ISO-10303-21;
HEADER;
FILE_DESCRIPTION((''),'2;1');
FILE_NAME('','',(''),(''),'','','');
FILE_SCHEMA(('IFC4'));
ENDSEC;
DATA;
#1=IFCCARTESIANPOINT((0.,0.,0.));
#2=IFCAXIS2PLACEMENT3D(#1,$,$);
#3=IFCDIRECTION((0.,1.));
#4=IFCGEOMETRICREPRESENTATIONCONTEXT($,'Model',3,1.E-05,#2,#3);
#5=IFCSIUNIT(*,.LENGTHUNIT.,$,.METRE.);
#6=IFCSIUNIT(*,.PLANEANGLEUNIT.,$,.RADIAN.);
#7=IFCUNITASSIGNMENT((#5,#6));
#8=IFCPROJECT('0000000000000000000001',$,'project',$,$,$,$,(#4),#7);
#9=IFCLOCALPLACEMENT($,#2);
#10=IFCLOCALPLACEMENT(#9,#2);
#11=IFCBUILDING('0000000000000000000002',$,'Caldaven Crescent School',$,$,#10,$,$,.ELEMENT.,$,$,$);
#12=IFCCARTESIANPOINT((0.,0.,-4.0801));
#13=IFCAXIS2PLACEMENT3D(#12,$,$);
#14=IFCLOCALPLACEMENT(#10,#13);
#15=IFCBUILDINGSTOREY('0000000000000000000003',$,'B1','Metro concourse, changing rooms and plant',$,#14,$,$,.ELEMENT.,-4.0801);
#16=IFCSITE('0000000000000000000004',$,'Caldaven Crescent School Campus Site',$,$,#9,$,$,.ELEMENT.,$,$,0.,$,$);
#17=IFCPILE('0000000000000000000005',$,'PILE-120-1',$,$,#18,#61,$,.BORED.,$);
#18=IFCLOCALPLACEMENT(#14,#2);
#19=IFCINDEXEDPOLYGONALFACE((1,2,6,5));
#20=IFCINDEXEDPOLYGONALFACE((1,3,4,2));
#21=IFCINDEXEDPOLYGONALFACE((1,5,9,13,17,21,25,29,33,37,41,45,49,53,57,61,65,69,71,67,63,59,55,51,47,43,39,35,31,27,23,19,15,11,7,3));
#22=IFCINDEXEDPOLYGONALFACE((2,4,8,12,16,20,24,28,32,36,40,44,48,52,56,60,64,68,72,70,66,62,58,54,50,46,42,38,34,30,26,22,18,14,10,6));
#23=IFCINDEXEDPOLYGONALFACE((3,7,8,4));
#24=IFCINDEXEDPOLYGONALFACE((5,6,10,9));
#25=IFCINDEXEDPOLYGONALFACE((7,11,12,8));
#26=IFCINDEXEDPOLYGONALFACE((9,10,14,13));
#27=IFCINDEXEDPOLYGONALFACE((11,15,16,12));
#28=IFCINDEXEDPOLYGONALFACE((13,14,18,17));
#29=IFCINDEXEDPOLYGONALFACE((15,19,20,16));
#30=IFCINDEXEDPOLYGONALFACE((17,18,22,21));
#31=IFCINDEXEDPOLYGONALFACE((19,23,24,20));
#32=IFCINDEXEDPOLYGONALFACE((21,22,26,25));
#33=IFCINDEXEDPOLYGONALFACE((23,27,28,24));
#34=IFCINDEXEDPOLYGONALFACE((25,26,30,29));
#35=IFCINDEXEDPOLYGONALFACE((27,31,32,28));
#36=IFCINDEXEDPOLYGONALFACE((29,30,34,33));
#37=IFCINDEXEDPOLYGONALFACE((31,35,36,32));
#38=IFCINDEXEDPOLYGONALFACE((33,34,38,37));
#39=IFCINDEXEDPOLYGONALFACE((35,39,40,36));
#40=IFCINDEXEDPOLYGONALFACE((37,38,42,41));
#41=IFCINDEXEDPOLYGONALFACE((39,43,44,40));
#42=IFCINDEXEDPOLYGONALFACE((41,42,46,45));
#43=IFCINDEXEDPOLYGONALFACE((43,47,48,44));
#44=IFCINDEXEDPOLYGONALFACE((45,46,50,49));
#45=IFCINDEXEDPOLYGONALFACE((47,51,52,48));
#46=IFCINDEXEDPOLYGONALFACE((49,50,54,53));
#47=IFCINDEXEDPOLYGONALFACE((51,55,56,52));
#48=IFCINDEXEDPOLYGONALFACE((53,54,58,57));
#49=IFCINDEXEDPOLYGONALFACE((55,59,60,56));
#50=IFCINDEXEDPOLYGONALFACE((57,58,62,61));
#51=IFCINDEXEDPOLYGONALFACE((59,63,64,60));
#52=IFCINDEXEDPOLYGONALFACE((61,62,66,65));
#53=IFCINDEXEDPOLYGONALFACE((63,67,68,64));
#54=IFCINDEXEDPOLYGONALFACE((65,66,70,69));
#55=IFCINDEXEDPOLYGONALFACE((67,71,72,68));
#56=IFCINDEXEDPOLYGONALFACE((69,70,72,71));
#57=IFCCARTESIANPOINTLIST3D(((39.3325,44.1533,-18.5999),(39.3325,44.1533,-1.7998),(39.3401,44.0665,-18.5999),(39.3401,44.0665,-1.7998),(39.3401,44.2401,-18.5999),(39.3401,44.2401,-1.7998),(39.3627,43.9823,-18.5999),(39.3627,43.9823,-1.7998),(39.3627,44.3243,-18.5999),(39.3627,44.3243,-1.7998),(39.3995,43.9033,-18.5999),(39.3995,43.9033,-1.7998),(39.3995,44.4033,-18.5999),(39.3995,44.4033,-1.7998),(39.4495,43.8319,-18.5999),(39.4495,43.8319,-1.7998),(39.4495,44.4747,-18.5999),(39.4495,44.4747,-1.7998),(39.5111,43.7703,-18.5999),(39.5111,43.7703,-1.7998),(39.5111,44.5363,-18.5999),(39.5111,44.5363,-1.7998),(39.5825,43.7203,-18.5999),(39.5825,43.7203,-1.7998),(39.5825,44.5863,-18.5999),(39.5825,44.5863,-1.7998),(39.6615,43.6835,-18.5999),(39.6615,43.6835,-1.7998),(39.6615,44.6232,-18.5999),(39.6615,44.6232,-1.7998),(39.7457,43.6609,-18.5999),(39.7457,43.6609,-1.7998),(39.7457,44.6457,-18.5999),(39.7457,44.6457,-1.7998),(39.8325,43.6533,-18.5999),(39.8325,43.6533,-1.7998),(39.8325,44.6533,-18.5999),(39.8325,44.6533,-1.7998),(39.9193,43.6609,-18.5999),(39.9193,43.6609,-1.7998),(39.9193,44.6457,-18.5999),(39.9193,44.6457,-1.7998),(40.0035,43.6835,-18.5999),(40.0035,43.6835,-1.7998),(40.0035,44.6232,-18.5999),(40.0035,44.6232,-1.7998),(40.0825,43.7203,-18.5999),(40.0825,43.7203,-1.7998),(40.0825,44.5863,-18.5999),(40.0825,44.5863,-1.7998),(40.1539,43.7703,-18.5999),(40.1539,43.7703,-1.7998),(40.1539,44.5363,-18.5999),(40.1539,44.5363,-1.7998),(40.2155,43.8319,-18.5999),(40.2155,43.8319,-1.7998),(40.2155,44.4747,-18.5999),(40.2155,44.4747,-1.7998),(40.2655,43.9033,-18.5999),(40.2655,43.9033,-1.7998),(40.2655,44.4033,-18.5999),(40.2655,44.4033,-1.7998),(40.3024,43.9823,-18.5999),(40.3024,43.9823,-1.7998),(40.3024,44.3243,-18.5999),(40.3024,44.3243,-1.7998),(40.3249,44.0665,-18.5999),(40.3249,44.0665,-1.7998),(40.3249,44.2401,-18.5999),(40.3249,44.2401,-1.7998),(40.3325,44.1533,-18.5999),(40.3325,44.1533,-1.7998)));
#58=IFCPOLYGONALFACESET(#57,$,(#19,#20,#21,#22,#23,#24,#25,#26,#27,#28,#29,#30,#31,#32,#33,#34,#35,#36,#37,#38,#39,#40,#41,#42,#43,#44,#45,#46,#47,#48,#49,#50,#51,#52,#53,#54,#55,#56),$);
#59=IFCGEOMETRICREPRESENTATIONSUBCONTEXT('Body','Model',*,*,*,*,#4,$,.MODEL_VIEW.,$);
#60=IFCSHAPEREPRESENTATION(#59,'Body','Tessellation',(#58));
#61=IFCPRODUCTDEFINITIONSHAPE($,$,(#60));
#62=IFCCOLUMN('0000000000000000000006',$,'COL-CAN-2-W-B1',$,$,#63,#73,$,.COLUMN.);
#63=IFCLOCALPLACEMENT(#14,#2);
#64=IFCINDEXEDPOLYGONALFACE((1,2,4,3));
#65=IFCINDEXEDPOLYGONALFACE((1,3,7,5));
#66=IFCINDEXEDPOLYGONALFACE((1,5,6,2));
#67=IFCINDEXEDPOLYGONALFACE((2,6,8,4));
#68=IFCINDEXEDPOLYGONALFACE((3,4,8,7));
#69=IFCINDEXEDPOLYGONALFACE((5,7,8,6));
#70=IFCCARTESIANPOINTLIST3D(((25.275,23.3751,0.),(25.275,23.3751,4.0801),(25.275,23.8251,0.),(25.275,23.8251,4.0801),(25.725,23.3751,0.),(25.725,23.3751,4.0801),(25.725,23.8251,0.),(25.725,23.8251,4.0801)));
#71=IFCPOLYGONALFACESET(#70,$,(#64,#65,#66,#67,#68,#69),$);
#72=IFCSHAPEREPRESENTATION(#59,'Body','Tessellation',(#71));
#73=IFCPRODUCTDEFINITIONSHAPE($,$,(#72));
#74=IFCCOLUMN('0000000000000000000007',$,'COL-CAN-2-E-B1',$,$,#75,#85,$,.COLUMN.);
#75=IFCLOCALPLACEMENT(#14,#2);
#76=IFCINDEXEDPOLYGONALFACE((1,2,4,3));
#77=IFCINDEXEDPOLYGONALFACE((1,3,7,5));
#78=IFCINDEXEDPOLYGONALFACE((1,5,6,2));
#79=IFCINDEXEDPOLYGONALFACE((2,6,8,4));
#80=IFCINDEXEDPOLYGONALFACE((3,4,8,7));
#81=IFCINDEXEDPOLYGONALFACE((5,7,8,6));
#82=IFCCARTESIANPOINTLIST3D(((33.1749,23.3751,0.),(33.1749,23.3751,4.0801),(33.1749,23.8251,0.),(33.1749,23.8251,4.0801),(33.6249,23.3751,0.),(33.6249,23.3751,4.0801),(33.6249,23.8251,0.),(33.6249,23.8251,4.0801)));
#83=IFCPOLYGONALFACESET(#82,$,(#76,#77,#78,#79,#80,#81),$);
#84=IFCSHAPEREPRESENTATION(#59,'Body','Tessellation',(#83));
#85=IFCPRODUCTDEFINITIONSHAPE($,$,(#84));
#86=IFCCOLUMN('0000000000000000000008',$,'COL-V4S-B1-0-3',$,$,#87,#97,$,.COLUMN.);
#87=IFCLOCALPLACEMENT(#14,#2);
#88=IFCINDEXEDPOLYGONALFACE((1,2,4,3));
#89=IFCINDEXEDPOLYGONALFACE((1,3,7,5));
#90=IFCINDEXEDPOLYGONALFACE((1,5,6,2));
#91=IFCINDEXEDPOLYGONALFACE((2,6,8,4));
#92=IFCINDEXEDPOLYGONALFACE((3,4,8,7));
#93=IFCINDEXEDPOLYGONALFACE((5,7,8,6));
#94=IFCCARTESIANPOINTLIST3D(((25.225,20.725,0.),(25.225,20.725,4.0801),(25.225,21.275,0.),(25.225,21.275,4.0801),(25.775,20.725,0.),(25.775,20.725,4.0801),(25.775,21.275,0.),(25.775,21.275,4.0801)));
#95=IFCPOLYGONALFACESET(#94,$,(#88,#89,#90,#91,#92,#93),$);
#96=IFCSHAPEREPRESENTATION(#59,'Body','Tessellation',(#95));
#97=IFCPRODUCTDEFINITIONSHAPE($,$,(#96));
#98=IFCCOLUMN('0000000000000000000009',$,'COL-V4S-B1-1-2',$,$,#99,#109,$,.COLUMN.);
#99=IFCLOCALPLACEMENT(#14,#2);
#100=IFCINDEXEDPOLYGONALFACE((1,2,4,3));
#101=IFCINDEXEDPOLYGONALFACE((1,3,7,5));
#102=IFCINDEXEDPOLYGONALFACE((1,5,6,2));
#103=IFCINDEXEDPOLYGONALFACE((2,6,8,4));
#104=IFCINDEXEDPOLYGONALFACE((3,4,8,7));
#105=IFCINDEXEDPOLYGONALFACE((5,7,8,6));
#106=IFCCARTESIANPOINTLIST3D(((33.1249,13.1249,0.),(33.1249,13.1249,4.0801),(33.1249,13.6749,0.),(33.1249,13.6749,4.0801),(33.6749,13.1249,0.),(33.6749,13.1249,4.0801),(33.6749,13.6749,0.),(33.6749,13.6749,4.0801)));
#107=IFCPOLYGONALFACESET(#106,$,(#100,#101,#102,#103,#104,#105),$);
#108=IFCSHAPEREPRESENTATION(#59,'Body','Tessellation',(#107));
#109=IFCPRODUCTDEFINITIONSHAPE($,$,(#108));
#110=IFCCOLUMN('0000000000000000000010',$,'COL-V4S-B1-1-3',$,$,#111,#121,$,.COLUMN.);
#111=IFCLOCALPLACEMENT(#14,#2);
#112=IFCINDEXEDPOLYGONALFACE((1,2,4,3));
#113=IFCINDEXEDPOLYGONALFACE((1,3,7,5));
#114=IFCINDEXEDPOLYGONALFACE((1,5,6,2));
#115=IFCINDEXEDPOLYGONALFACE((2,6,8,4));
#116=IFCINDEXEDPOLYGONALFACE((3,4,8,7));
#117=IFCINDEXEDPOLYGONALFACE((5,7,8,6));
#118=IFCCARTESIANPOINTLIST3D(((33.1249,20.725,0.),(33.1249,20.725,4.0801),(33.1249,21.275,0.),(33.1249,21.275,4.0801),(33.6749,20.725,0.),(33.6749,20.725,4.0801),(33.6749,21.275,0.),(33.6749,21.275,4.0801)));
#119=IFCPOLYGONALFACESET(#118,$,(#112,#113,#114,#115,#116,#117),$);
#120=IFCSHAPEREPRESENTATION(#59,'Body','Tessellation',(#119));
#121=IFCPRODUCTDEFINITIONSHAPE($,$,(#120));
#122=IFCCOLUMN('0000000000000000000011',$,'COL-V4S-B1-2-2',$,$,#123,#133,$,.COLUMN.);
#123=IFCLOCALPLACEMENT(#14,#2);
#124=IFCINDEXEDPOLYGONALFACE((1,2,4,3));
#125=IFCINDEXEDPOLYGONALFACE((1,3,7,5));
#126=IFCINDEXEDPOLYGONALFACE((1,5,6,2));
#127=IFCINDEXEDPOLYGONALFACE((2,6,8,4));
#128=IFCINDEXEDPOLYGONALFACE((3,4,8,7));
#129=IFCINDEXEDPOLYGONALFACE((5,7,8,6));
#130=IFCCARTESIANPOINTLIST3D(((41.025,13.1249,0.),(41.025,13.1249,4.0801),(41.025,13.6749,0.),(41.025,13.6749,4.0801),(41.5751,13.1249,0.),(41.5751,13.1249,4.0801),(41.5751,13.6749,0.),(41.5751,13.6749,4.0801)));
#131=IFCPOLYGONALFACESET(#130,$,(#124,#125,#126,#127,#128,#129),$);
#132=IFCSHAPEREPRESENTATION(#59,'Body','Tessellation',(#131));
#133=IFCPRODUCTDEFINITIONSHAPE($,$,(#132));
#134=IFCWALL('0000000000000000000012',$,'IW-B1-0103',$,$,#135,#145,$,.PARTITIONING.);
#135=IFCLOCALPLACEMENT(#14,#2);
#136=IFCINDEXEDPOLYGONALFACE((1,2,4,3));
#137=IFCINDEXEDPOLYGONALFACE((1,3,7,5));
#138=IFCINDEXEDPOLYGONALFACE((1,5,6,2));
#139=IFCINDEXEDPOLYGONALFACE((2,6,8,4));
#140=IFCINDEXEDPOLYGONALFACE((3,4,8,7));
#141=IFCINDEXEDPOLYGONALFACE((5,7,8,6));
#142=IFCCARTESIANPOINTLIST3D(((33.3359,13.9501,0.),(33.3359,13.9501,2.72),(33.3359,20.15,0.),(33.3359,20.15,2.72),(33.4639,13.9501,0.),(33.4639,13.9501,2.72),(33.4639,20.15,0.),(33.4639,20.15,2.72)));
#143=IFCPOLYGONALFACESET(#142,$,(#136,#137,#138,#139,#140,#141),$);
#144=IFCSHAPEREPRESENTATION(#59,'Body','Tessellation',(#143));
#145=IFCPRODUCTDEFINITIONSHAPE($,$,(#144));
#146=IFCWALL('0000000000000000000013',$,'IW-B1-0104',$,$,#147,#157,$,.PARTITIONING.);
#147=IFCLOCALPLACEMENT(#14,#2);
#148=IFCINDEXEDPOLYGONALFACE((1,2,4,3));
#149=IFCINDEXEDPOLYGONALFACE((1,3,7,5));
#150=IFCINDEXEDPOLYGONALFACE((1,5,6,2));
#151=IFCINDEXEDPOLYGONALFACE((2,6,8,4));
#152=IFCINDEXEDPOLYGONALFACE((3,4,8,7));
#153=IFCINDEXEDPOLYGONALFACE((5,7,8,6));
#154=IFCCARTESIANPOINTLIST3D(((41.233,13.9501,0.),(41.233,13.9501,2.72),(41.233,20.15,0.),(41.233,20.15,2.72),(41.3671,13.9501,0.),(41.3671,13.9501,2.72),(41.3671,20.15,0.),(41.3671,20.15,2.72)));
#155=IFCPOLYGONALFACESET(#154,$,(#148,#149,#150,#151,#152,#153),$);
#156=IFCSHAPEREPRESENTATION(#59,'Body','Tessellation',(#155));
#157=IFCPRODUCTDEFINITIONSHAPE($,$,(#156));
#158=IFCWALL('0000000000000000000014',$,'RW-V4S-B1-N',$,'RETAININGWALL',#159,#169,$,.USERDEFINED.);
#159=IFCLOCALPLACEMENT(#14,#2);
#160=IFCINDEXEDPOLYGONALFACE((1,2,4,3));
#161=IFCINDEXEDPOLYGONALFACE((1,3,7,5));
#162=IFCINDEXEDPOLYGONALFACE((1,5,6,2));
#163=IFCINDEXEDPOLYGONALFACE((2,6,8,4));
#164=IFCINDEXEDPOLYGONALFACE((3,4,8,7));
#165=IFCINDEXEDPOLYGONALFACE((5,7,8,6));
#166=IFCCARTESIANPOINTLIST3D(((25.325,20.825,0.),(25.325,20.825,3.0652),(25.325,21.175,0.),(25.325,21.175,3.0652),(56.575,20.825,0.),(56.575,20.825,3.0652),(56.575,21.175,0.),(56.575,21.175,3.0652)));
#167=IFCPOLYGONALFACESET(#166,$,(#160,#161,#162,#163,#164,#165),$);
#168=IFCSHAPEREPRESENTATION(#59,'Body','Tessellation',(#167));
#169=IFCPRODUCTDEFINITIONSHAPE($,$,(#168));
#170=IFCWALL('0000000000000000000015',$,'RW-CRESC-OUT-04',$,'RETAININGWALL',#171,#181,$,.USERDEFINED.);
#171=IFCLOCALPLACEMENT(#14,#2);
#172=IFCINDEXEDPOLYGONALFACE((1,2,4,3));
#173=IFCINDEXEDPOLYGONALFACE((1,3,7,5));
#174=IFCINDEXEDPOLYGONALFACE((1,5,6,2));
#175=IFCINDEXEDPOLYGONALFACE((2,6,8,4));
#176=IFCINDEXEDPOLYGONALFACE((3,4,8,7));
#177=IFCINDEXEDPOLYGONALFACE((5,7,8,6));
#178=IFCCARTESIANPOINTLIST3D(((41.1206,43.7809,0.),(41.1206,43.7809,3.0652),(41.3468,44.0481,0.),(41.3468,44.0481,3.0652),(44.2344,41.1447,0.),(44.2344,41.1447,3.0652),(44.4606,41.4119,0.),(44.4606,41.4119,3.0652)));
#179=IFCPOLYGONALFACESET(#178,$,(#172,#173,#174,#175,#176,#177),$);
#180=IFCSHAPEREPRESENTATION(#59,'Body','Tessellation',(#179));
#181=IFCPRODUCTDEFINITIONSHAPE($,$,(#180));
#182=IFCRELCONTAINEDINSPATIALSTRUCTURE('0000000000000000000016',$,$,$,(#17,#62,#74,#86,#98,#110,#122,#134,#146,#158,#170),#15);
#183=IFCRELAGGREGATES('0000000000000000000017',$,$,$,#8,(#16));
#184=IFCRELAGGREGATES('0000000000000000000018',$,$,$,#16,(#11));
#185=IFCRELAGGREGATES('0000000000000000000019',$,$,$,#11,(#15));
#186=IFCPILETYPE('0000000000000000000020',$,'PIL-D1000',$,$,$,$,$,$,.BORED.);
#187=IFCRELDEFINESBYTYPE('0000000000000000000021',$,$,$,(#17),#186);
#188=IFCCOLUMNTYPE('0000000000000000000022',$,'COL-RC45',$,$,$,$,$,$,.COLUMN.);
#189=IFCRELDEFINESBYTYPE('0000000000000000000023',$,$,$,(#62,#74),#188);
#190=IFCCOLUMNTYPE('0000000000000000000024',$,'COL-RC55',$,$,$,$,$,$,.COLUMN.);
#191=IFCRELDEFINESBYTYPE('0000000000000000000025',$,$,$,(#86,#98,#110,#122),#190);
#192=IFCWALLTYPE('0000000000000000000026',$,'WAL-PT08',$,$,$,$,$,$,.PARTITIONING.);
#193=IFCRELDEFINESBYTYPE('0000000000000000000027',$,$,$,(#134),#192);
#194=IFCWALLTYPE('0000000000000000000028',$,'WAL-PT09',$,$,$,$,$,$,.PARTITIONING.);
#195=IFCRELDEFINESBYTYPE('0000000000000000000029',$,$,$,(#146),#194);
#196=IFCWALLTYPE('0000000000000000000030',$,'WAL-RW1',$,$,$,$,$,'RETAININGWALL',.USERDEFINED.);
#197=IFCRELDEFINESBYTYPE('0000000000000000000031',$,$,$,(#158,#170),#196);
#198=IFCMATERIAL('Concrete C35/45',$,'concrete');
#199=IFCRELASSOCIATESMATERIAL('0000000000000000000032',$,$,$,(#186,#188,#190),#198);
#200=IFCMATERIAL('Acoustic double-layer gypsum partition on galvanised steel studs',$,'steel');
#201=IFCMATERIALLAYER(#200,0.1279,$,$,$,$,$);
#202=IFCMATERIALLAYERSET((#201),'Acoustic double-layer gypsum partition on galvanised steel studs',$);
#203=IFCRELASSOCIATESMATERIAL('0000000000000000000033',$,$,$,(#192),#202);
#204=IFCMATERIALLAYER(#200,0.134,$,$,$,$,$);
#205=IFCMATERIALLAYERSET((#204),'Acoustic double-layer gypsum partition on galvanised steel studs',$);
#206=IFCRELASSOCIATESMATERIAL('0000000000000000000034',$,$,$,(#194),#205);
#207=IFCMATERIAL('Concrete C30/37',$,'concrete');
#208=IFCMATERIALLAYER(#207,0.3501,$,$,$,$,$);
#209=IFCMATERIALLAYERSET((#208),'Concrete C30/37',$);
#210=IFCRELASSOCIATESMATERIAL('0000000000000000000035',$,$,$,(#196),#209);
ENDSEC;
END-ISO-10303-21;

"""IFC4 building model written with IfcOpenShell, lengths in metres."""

from ifc_helpers import new_model, si_unit, direction, frame, frame_2d, origin, origin_2d, place, context, subcontext, project, spatial, rectangle, circle, extrude, material, layer, layer_set, material_profile, profile_set, type_object, element, save


model = new_model("IFC4")

# Units and contexts
model_context = context("Model", 3, precision=1e-05, world=origin(), true_north=direction((0.0, 1.0)))
body_context = subcontext(model_context, "Body", "Model", "MODEL_VIEW")
ifc_project = project(units=[si_unit("LENGTHUNIT", "METRE"), si_unit("PLANEANGLEUNIT", "RADIAN")], contexts=[model_context])

# Site, building, storey
site_placement = place(None, origin())
site = spatial("IfcSite", under=ifc_project, at=site_placement, Name="Caldaven Crescent School Campus Site", CompositionType="ELEMENT", RefElevation=0.0)
building_placement = place(site_placement, origin())
building = spatial("IfcBuilding", under=site, at=building_placement, Name="Caldaven Crescent School", CompositionType="ELEMENT")
storey_placement = place(building_placement, frame((0.0, 0.0, -4.0801)))
storey = spatial("IfcBuildingStorey", under=building, at=storey_placement, Name="B1", Description="Metro concourse, changing rooms and plant", CompositionType="ELEMENT", Elevation=-4.0801)

# Shared definitions
ifc_material_1 = material(Name="Concrete C30/37", Category="concrete")
ifc_material_2 = material(Name="Concrete C35/45", Category="concrete")

# Pile
ifc_material_profile_1 = material_profile(ifc_material_2, circle(Radius=0.5, at=origin_2d()), Name="PILE D1000")
ifc_profile_set_1 = profile_set([ifc_material_profile_1], Name="Concrete C35/45")
pile_type = type_object("IfcPileType", Name="PIL-D1000", PredefinedType="BORED", material=ifc_profile_set_1)
for number, where, z_axis, x_axis, name in (
    (1, (39.8325, 44.1533, -1.7998), (0.0, 0.0, -1.0), (1.0, 0.0, 0.0), "PILE-120-1"),
):
    element("IfcPile", number, at=place(storey_placement, frame(where, z_axis=z_axis, x_axis=x_axis)), inside=storey, type_object=pile_type, Name=name, PredefinedType="BORED", context=body_context, shape_type="SweptSolid", body=[
        extrude(circle(Radius=0.5, at=origin_2d()), origin(), (0.0, 0.0, 1.0), 16.8),
    ])

# Columns
ifc_material_profile_2 = material_profile(ifc_material_2, rectangle(XDim=0.45, YDim=0.45, at=origin_2d()), Name="RC 450x450")
ifc_profile_set_2 = profile_set([ifc_material_profile_2], Name="Concrete C35/45")
column_type_1 = type_object("IfcColumnType", Name="COL-RC45", PredefinedType="COLUMN", material=ifc_profile_set_2)
for number, where, z_axis, x_axis, name in (
    (2, (25.5, 23.6001, 0.0), (0.0, 0.0, 1.0), (1.0, 0.0, 0.0), "COL-CAN-2-W-B1"),
    (3, (33.3999, 23.6001, 0.0), (0.0, 0.0, 1.0), (1.0, 0.0, 0.0), "COL-CAN-2-E-B1"),
):
    element("IfcColumn", number, at=place(storey_placement, frame(where, z_axis=z_axis, x_axis=x_axis)), inside=storey, type_object=column_type_1, Name=name, PredefinedType="COLUMN", context=body_context, shape_type="SweptSolid", body=[
        extrude(rectangle(XDim=0.45, YDim=0.45, at=origin_2d()), origin(), (0.0, 0.0, 1.0), 4.0801),
    ])
ifc_material_profile_3 = material_profile(ifc_material_2, rectangle(XDim=0.55, YDim=0.55, at=origin_2d()), Name="RC 550x550")
ifc_profile_set_3 = profile_set([ifc_material_profile_3], Name="Concrete C35/45")
column_type_2 = type_object("IfcColumnType", Name="COL-RC55", PredefinedType="COLUMN", material=ifc_profile_set_3)
for number, where, z_axis, x_axis, name in (
    (4, (25.5, 21.0, 0.0), (0.0, 0.0, 1.0), (1.0, 0.0, 0.0), "COL-V4S-B1-0-3"),
    (5, (33.3999, 13.3999, 0.0), (0.0, 0.0, 1.0), (1.0, 0.0, 0.0), "COL-V4S-B1-1-2"),
    (6, (33.3999, 21.0, 0.0), (0.0, 0.0, 1.0), (1.0, 0.0, 0.0), "COL-V4S-B1-1-3"),
    (7, (41.3, 13.3999, 0.0), (0.0, 0.0, 1.0), (1.0, 0.0, 0.0), "COL-V4S-B1-2-2"),
):
    element("IfcColumn", number, at=place(storey_placement, frame(where, z_axis=z_axis, x_axis=x_axis)), inside=storey, type_object=column_type_2, Name=name, PredefinedType="COLUMN", context=body_context, shape_type="SweptSolid", body=[
        extrude(rectangle(XDim=0.55, YDim=0.55, at=origin_2d()), origin(), (0.0, 0.0, 1.0), 4.0801),
    ])

# Walls
ifc_material_3 = material(Name="Acoustic double-layer gypsum partition on galvanised steel studs", Category="steel")
ifc_layer_1 = layer(ifc_material_3, 0.1279)
ifc_layer_set_1 = layer_set([ifc_layer_1], Name="Acoustic double-layer gypsum partition on galvanised steel studs")
wall_type_1 = type_object("IfcWallType", Name="WAL-PT08", PredefinedType="PARTITIONING", material=ifc_layer_set_1)
wall_1_placement = place(storey_placement, frame((33.3999, 13.95, 0.0), z_axis=(0.0, 0.0, 1.0), x_axis=(0.0, 1.0, 0.0)))
element("IfcWall", 8, at=wall_1_placement, inside=storey, type_object=wall_type_1, Name="IW-B1-0103", PredefinedType="PARTITIONING", context=body_context, shape_type="SweptSolid", body=[
    extrude(rectangle(XDim=6.2, YDim=0.1279, at=frame_2d((3.1001, 0.0))), origin(), (0.0, 0.0, 1.0), 2.72),
])
ifc_layer_2 = layer(ifc_material_3, 0.134)
ifc_layer_set_2 = layer_set([ifc_layer_2], Name="Acoustic double-layer gypsum partition on galvanised steel studs")
wall_type_2 = type_object("IfcWallType", Name="WAL-PT09", PredefinedType="PARTITIONING", material=ifc_layer_set_2)
wall_2_placement = place(storey_placement, frame((41.3, 13.95, 0.0), z_axis=(0.0, 0.0, 1.0), x_axis=(0.0, 1.0, 0.0)))
element("IfcWall", 9, at=wall_2_placement, inside=storey, type_object=wall_type_2, Name="IW-B1-0104", PredefinedType="PARTITIONING", context=body_context, shape_type="SweptSolid", body=[
    extrude(rectangle(XDim=6.2, YDim=0.134, at=frame_2d((3.1001, 0.0))), origin(), (0.0, 0.0, 1.0), 2.72),
])
ifc_layer_3 = layer(ifc_material_1, 0.3501)
ifc_layer_set_3 = layer_set([ifc_layer_3], Name="Concrete C30/37")
wall_type_3 = type_object("IfcWallType", Name="WAL-RW1", ElementType="RETAININGWALL", PredefinedType="USERDEFINED", material=ifc_layer_set_3)
wall_3_placement = place(storey_placement, frame((25.325, 21.0, 0.0), z_axis=(0.0, 0.0, 1.0), x_axis=(1.0, 0.0, 0.0)))
element("IfcWall", 10, at=wall_3_placement, inside=storey, type_object=wall_type_3, Name="RW-V4S-B1-N", ObjectType="RETAININGWALL", PredefinedType="USERDEFINED", context=body_context, shape_type="SweptSolid", body=[
    extrude(rectangle(XDim=31.25, YDim=0.3501, at=frame_2d((15.625, 0.0))), origin(), (0.0, 0.0, 1.0), 3.0652),
])
wall_4_placement = place(storey_placement, frame((41.2336, 43.9146, 0.0), z_axis=(0.0, 0.0, 1.0), x_axis=(0.763205, -0.646157, 0.0)))
element("IfcWall", 11, at=wall_4_placement, inside=storey, type_object=wall_type_3, Name="RW-CRESC-OUT-04", ObjectType="RETAININGWALL", PredefinedType="USERDEFINED", context=body_context, shape_type="SweptSolid", body=[
    extrude(rectangle(XDim=4.0798, YDim=0.3501, at=frame_2d((2.04, 0.0))), origin(), (0.0, 0.0, 1.0), 3.0652),
])

save(model, "model.ifc")
